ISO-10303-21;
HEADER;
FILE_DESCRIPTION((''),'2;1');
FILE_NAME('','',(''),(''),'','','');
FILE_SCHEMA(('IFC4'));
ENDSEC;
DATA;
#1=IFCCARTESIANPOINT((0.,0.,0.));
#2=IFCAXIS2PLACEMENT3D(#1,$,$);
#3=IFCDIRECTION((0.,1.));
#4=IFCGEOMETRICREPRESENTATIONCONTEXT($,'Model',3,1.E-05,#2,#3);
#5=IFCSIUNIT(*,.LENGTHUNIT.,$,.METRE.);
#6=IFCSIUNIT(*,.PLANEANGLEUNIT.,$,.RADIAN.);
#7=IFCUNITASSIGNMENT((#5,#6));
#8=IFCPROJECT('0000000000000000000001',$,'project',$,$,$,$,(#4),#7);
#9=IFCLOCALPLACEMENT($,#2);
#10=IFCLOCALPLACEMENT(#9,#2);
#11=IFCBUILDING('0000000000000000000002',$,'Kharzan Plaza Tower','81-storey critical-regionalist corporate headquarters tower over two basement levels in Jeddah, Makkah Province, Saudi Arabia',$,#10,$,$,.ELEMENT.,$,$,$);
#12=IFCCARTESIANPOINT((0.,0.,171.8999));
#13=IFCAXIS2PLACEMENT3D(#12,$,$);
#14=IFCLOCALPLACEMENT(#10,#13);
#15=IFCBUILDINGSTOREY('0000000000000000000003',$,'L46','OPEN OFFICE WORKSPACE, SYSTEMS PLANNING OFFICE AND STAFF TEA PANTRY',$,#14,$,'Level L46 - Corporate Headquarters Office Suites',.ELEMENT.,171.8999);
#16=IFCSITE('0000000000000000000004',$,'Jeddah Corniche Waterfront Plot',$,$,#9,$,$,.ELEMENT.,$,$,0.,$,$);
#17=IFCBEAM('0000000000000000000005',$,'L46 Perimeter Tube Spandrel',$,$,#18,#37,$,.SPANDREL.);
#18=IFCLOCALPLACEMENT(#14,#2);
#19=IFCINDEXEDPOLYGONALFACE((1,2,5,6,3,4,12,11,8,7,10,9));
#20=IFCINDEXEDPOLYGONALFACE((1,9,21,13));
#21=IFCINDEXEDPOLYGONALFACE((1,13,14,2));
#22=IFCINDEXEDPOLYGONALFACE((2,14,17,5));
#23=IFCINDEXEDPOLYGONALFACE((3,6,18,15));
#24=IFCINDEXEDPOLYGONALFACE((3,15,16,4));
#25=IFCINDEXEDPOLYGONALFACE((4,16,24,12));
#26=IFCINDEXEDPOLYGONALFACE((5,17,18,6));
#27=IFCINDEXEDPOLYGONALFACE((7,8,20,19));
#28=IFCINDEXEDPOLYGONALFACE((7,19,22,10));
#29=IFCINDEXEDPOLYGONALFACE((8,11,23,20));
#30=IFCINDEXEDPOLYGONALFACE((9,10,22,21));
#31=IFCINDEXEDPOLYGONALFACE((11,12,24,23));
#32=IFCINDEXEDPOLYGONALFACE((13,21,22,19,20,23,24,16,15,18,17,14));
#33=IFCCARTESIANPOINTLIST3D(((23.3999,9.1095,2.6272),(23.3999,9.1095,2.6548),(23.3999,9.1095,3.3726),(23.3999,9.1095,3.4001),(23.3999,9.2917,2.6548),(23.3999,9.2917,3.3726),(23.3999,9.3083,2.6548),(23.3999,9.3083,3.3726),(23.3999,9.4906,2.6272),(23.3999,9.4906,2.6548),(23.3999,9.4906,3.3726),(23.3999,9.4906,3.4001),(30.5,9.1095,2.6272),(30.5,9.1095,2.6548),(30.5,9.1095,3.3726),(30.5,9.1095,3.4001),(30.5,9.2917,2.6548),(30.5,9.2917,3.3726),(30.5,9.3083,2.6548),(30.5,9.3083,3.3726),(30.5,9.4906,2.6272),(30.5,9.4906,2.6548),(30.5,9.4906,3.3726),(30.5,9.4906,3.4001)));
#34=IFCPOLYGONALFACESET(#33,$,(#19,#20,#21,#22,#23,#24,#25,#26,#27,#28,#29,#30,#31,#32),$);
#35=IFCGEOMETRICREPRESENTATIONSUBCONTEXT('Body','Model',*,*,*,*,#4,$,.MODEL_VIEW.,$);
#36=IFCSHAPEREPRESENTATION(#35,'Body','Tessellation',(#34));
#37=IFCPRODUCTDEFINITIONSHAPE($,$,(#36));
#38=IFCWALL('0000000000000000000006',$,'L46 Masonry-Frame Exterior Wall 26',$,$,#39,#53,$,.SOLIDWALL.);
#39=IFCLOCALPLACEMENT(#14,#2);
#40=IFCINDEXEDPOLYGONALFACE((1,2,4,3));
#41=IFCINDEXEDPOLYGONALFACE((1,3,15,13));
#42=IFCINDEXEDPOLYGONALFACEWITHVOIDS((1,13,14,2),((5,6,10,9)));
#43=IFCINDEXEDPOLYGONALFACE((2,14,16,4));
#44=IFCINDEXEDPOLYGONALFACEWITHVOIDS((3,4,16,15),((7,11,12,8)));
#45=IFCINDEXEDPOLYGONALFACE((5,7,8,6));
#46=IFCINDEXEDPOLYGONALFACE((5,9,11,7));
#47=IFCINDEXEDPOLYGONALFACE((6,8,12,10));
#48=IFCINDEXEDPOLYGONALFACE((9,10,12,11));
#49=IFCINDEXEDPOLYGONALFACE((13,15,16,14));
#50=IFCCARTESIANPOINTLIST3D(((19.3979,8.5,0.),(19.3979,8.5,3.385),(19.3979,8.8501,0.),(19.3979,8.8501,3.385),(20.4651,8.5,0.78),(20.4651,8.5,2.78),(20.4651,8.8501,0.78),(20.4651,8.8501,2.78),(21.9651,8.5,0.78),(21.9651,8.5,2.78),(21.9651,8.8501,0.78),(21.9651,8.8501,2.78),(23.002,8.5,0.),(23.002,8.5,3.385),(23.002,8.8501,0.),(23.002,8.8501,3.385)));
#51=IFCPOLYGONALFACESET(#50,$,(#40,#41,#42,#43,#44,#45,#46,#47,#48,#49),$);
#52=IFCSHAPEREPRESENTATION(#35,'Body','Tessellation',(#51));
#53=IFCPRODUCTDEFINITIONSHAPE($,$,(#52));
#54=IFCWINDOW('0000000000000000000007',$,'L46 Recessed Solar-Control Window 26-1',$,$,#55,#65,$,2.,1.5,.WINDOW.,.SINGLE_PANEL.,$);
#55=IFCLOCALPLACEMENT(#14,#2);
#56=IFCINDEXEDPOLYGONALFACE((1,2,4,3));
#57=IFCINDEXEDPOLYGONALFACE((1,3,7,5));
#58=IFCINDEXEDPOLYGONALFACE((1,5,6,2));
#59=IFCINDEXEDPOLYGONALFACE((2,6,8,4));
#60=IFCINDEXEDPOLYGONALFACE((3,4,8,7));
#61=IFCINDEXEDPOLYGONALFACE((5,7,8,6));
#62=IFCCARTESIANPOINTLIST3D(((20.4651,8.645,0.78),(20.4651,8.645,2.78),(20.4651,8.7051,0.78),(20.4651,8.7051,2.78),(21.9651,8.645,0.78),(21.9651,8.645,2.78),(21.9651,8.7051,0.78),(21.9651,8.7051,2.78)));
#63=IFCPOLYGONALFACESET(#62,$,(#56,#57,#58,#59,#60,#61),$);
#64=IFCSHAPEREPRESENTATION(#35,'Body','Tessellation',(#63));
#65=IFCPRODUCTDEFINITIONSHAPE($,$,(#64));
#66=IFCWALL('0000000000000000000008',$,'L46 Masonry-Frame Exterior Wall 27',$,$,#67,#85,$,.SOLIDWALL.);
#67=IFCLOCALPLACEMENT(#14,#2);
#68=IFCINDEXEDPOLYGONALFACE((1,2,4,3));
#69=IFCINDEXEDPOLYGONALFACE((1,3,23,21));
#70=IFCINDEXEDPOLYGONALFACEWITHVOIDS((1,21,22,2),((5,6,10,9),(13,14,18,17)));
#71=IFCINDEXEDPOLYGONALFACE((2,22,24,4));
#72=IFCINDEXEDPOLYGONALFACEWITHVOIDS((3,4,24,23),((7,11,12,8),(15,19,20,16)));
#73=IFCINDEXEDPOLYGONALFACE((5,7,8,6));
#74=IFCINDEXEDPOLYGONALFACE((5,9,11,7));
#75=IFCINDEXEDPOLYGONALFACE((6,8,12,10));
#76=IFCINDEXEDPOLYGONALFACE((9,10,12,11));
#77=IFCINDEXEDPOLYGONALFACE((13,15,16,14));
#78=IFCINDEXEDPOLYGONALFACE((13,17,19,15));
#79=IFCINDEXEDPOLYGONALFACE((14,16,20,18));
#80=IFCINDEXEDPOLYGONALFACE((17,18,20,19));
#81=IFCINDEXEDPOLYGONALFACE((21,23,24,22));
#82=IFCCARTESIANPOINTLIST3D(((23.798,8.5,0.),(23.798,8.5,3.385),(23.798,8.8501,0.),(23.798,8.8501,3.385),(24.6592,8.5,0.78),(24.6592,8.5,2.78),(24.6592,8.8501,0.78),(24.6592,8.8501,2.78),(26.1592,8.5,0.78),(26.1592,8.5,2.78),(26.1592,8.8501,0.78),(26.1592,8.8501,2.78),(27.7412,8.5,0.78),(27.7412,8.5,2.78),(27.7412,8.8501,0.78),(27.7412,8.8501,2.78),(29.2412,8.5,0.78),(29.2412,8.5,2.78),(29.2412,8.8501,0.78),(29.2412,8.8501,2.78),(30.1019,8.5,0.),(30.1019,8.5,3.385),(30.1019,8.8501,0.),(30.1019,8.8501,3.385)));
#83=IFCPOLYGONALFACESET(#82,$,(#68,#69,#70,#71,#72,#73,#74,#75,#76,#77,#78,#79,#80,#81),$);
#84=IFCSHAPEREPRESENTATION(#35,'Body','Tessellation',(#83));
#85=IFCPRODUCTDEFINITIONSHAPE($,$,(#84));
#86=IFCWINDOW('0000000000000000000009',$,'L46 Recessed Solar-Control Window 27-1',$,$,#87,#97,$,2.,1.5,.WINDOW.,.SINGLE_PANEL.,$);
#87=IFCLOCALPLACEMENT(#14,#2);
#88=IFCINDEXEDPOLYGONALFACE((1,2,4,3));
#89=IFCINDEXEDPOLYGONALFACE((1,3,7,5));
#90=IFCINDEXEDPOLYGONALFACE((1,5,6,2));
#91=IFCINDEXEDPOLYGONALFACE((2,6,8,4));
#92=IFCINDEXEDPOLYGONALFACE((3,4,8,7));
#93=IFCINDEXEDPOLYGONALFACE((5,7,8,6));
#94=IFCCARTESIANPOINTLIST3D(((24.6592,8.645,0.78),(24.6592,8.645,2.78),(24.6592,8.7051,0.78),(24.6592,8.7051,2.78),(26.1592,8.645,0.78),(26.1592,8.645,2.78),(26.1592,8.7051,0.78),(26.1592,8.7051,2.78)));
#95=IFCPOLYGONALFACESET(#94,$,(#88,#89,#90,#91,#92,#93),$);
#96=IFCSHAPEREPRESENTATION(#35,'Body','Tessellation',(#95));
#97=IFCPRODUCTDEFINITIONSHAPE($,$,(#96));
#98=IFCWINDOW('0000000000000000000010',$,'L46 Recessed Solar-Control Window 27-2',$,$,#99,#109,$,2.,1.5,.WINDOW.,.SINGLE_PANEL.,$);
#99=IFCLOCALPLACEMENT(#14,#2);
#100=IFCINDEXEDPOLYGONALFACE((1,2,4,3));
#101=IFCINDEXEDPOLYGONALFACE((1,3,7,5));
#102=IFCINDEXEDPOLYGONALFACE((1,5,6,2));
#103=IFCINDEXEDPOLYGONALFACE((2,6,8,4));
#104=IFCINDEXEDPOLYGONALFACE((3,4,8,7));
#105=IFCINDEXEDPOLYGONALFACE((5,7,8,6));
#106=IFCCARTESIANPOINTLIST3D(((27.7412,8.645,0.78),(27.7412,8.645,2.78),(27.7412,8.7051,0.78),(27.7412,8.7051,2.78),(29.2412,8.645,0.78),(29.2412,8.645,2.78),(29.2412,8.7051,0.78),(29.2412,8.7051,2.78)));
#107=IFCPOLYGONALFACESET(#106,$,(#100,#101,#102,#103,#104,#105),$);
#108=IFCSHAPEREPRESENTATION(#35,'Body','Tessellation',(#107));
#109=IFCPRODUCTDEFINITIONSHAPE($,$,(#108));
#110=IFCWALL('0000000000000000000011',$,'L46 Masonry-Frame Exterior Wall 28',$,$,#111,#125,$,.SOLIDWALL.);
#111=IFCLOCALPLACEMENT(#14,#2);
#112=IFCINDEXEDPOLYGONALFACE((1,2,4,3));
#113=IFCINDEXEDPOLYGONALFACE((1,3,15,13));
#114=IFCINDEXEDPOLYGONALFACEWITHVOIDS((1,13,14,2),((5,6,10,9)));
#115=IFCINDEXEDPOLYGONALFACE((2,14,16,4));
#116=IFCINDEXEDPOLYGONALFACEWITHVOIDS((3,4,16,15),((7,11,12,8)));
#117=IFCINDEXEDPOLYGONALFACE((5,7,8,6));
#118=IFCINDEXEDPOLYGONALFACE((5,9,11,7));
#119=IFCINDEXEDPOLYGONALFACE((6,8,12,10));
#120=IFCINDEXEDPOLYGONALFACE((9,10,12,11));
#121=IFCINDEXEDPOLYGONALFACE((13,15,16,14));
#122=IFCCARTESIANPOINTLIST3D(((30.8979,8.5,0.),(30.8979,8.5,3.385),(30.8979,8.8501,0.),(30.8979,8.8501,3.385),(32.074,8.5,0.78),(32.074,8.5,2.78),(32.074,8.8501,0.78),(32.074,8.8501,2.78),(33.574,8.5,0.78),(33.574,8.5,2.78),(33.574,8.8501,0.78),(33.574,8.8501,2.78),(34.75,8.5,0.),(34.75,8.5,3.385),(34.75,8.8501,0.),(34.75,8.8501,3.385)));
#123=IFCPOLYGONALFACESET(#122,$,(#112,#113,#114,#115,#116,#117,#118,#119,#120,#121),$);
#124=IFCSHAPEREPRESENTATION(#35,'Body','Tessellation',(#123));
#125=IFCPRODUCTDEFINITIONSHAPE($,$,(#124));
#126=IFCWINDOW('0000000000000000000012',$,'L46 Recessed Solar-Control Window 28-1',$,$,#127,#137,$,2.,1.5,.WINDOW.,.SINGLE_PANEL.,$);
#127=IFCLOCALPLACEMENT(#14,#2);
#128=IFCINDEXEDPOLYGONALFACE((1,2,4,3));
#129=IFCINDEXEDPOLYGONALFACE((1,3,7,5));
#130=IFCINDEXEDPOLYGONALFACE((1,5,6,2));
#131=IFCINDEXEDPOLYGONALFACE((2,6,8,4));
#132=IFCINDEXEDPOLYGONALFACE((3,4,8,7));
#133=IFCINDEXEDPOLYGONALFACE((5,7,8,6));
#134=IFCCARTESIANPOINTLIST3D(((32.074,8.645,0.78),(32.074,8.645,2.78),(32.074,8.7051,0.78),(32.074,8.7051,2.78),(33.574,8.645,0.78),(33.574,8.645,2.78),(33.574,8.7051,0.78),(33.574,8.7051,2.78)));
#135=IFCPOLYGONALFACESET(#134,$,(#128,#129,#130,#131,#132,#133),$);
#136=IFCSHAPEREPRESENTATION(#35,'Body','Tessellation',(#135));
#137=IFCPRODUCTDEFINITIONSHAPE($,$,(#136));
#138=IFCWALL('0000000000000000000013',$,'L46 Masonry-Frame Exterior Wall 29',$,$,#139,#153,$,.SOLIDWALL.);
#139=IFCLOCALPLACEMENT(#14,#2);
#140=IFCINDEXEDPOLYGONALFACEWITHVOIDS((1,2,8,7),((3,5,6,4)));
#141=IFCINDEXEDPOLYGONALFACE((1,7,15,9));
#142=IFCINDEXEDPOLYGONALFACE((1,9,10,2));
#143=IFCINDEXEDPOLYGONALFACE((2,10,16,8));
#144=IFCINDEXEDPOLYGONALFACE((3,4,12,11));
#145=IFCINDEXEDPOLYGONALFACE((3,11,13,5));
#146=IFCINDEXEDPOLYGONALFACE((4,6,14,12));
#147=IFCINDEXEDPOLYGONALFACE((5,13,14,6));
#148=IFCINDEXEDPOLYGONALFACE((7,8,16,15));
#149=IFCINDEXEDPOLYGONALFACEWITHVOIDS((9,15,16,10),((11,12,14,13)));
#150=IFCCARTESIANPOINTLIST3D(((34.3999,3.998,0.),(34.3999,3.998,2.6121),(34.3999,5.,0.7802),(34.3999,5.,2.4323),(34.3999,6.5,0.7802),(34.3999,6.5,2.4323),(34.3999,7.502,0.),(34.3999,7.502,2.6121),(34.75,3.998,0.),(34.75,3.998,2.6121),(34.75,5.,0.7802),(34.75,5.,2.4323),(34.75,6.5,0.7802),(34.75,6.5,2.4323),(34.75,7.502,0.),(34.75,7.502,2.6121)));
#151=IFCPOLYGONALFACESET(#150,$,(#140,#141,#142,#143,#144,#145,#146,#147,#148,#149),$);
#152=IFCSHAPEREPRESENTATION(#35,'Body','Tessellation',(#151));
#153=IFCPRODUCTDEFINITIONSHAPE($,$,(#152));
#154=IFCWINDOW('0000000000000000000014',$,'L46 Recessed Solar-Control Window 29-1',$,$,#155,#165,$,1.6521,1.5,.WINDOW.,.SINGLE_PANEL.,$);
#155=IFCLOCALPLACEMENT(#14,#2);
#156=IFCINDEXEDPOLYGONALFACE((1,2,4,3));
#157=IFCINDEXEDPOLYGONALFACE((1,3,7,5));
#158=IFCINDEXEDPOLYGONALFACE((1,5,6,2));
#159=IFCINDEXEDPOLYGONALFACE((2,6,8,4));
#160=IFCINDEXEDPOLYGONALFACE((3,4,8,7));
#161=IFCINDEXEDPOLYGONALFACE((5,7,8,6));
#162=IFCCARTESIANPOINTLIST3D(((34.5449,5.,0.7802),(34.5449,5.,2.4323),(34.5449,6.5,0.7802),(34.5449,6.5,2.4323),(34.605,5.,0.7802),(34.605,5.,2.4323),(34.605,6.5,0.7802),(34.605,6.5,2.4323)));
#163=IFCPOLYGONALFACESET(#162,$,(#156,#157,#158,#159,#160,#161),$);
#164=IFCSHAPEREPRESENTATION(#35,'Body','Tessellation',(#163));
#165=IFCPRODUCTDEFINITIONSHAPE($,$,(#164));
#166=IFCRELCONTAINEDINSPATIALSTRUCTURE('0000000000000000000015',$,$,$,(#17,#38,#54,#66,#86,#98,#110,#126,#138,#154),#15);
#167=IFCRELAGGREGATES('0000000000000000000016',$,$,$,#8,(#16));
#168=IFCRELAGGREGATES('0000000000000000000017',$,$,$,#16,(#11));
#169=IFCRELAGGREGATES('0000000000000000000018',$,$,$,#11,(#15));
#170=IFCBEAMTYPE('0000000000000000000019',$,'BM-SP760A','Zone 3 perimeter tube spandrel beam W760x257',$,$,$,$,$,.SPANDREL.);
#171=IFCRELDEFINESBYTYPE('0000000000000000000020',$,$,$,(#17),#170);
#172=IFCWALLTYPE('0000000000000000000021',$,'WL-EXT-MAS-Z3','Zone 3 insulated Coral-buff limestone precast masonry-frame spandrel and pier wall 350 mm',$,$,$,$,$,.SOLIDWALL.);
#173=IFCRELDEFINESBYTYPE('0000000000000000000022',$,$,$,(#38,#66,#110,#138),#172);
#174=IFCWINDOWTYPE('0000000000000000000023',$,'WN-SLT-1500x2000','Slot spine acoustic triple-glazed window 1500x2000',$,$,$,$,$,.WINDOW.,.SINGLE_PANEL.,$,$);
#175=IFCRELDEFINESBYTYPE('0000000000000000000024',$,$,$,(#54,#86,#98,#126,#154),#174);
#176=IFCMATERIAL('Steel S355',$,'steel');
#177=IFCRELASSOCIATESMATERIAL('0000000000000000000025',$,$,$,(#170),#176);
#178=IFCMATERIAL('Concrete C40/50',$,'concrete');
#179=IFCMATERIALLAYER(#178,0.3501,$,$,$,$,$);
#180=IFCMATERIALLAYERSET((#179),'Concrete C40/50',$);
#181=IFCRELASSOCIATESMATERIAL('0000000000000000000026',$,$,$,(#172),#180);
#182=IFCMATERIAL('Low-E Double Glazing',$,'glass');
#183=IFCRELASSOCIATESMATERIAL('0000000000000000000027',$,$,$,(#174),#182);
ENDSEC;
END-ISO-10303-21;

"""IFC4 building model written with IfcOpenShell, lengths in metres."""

from ifc_helpers import new_model, si_unit, direction, frame, frame_2d, origin, origin_2d, place, context, subcontext, project, spatial, rectangle, i_section, extrude, source, transform, mapped, material, layer, layer_set, material_profile, profile_set, type_object, element, fill, save


model = new_model("IFC4")

# Units and contexts
model_context = context("Model", 3, precision=1e-05, world=origin(), true_north=direction((0.0, 1.0)))
body_context = subcontext(model_context, "Body", "Model", "MODEL_VIEW")
ifc_project = project(units=[si_unit("LENGTHUNIT", "METRE"), si_unit("PLANEANGLEUNIT", "RADIAN")], contexts=[model_context])

# Site, building, storey
site_placement = place(None, origin())
site = spatial("IfcSite", under=ifc_project, at=site_placement, Name="Jeddah Corniche Waterfront Plot", CompositionType="ELEMENT", RefElevation=0.0)
building_placement = place(site_placement, origin())
building = spatial("IfcBuilding", under=site, at=building_placement, Name="Kharzan Plaza Tower", Description="81-storey critical-regionalist corporate headquarters tower over two basement levels in Jeddah, Makkah Province, Saudi Arabia", CompositionType="ELEMENT")
storey_placement = place(building_placement, frame((0.0, 0.0, 171.8999)))
storey = spatial("IfcBuildingStorey", under=building, at=storey_placement, Name="L46", Description="OPEN OFFICE WORKSPACE, SYSTEMS PLANNING OFFICE AND STAFF TEA PANTRY", LongName="Level L46 - Corporate Headquarters Office Suites", CompositionType="ELEMENT", Elevation=171.8999)

# Beam
ifc_material_1 = material(Name="Steel S355", Category="steel")
ifc_material_profile_1 = material_profile(ifc_material_1, i_section(OverallWidth=0.3811, OverallDepth=0.7729, WebThickness=0.0166, FlangeThickness=0.0276, at=origin_2d()), Name="W760x257")
ifc_profile_set_1 = profile_set([ifc_material_profile_1], Name="Steel S355")
beam_type_1 = type_object("IfcBeamType", Name="BM-SP760A", Description="Zone 3 perimeter tube spandrel beam W760x257", PredefinedType="SPANDREL", material=ifc_profile_set_1)
shared_shape_1 = source(origin(), body_context, "Body", "SweptSolid", [
    extrude(i_section(OverallWidth=0.3811, OverallDepth=0.7729, WebThickness=0.0166, FlangeThickness=0.0276, at=origin_2d()), origin(), (0.0, 0.0, 1.0), 7.1001),
])
beam_1_placement = place(storey_placement, frame((23.3999, 9.3, 3.0137), z_axis=(1.0, 0.0, 0.0), x_axis=(0.0, 1.0, 0.0)))
element("IfcBeam", 1, at=beam_1_placement, inside=storey, type_object=beam_type_1, Name="L46 Perimeter Tube Spandrel", PredefinedType="SPANDREL", context=body_context, shape_type="MappedRepresentation", body=[
    mapped(shared_shape_1, transform((0.0, 0.0, 0.0), x_axis=(1.0, 0.0, 0.0), y_axis=(0.0, 1.0, 0.0), z_axis=(0.0, 0.0, 1.0))),
])

# Wall, opening, window
ifc_material_2 = material(Name="Concrete C40/50", Category="concrete")
ifc_layer_1 = layer(ifc_material_2, 0.3501)
ifc_layer_set_1 = layer_set([ifc_layer_1], Name="Concrete C40/50")
wall_type_1 = type_object("IfcWallType", Name="WL-EXT-MAS-Z3", Description="Zone 3 insulated Coral-buff limestone precast masonry-frame spandrel and pier wall 350 mm", PredefinedType="SOLIDWALL", material=ifc_layer_set_1)
wall_1_placement = place(storey_placement, frame((19.3979, 8.675, 0.0), z_axis=(0.0, 0.0, 1.0), x_axis=(1.0, 0.0, 0.0)))
wall_1 = element("IfcWall", 2, at=wall_1_placement, inside=storey, type_object=wall_type_1, Name="L46 Masonry-Frame Exterior Wall 26", PredefinedType="SOLIDWALL", context=body_context, shape_type="SweptSolid", body=[
    extrude(rectangle(XDim=3.604, YDim=0.3501, at=frame_2d((1.802, 0.0))), origin(), (0.0, 0.0, 1.0), 3.385),
])
opening_1_placement = place(wall_1_placement, frame((1.0671, 0.0, 0.78)))
opening_1 = element("IfcOpeningElement", 3, at=opening_1_placement, cuts=wall_1, PredefinedType="OPENING", context=body_context, shape_type="SweptSolid", body=[
    extrude(rectangle(XDim=1.5, YDim=2.0, at=frame_2d((0.75, 1.0))), frame((0.0, 0.1851, 0.0), z_axis=(0.0, -1.0, 0.0), x_axis=(1.0, 0.0, 0.0)), (0.0, 0.0, 1.0), 0.3701),
])
ifc_material_3 = material(Name="Low-E Double Glazing", Category="glass")
window_type = type_object("IfcWindowType", Name="WN-SLT-1500x2000", Description="Slot spine acoustic triple-glazed window 1500x2000", PartitioningType="SINGLE_PANEL", PredefinedType="WINDOW", material=ifc_material_3)
shared_shape_2 = source(origin(), body_context, "Body", "SweptSolid", [
    extrude(rectangle(XDim=1.5, YDim=2.0, at=frame_2d((0.75, 1.0))), frame((0.0, 0.03, 0.0), z_axis=(0.0, -1.0, 0.0), x_axis=(1.0, 0.0, 0.0)), (0.0, 0.0, 1.0), 0.0601),
])
window_1_placement = place(opening_1_placement, origin())
window_1 = element("IfcWindow", 4, at=window_1_placement, inside=storey, type_object=window_type, Name="L46 Recessed Solar-Control Window 26-1", OverallHeight=2.0, OverallWidth=1.5, PartitioningType="SINGLE_PANEL", PredefinedType="WINDOW", context=body_context, shape_type="MappedRepresentation", body=[
    mapped(shared_shape_2, transform((0.0, 0.0, 0.0), x_axis=(1.0, 0.0, 0.0), y_axis=(0.0, 1.0, 0.0), z_axis=(0.0, 0.0, 1.0))),
])
fill(opening_1, window_1)

# Wall, openings, windows
wall_2_placement = place(storey_placement, frame((23.7981, 8.675, 0.0), z_axis=(0.0, 0.0, 1.0), x_axis=(1.0, 0.0, 0.0)))
wall_2 = element("IfcWall", 5, at=wall_2_placement, inside=storey, type_object=wall_type_1, Name="L46 Masonry-Frame Exterior Wall 27", PredefinedType="SOLIDWALL", context=body_context, shape_type="SweptSolid", body=[
    extrude(rectangle(XDim=6.304, YDim=0.3501, at=frame_2d((3.1519, 0.0))), origin(), (0.0, 0.0, 1.0), 3.385),
])
opening_2_placement = place(wall_2_placement, frame((0.8611, 0.0, 0.78)))
opening_2 = element("IfcOpeningElement", 6, at=opening_2_placement, cuts=wall_2, PredefinedType="OPENING", context=body_context, shape_type="SweptSolid", body=[
    extrude(rectangle(XDim=1.5, YDim=2.0, at=frame_2d((0.75, 1.0))), frame((0.0, 0.1851, 0.0), z_axis=(0.0, -1.0, 0.0), x_axis=(1.0, 0.0, 0.0)), (0.0, 0.0, 1.0), 0.3701),
])
opening_3_placement = place(wall_2_placement, frame((3.9431, 0.0, 0.78)))
opening_3 = element("IfcOpeningElement", 7, at=opening_3_placement, cuts=wall_2, PredefinedType="OPENING", context=body_context, shape_type="SweptSolid", body=[
    extrude(rectangle(XDim=1.5, YDim=2.0, at=frame_2d((0.75, 1.0))), frame((0.0, 0.1851, 0.0), z_axis=(0.0, -1.0, 0.0), x_axis=(1.0, 0.0, 0.0)), (0.0, 0.0, 1.0), 0.3701),
])
window_2_placement = place(opening_2_placement, origin())
window_2 = element("IfcWindow", 8, at=window_2_placement, inside=storey, type_object=window_type, Name="L46 Recessed Solar-Control Window 27-1", OverallHeight=2.0, OverallWidth=1.5, PartitioningType="SINGLE_PANEL", PredefinedType="WINDOW", context=body_context, shape_type="MappedRepresentation", body=[
    mapped(shared_shape_2, transform((0.0, 0.0, 0.0), x_axis=(1.0, 0.0, 0.0), y_axis=(0.0, 1.0, 0.0), z_axis=(0.0, 0.0, 1.0))),
])
fill(opening_2, window_2)
window_3_placement = place(opening_3_placement, origin())
window_3 = element("IfcWindow", 9, at=window_3_placement, inside=storey, type_object=window_type, Name="L46 Recessed Solar-Control Window 27-2", OverallHeight=2.0, OverallWidth=1.5, PartitioningType="SINGLE_PANEL", PredefinedType="WINDOW", context=body_context, shape_type="MappedRepresentation", body=[
    mapped(shared_shape_2, transform((0.0, 0.0, 0.0), x_axis=(1.0, 0.0, 0.0), y_axis=(0.0, 1.0, 0.0), z_axis=(0.0, 0.0, 1.0))),
])
fill(opening_3, window_3)

# Walls, openings, windows
wall_3_placement = place(storey_placement, frame((30.8979, 8.675, 0.0), z_axis=(0.0, 0.0, 1.0), x_axis=(1.0, 0.0, 0.0)))
wall_3 = element("IfcWall", 10, at=wall_3_placement, inside=storey, type_object=wall_type_1, Name="L46 Masonry-Frame Exterior Wall 28", PredefinedType="SOLIDWALL", context=body_context, shape_type="SweptSolid", body=[
    extrude(rectangle(XDim=3.8521, YDim=0.3501, at=frame_2d((1.926, 0.0))), origin(), (0.0, 0.0, 1.0), 3.385),
])
opening_4_placement = place(wall_3_placement, frame((1.176, 0.0, 0.78)))
opening_4 = element("IfcOpeningElement", 11, at=opening_4_placement, cuts=wall_3, PredefinedType="OPENING", context=body_context, shape_type="SweptSolid", body=[
    extrude(rectangle(XDim=1.5, YDim=2.0, at=frame_2d((0.75, 1.0))), frame((0.0, 0.1851, 0.0), z_axis=(0.0, -1.0, 0.0), x_axis=(1.0, 0.0, 0.0)), (0.0, 0.0, 1.0), 0.3701),
])
window_4_placement = place(opening_4_placement, origin())
window_4 = element("IfcWindow", 12, at=window_4_placement, inside=storey, type_object=window_type, Name="L46 Recessed Solar-Control Window 28-1", OverallHeight=2.0, OverallWidth=1.5, PartitioningType="SINGLE_PANEL", PredefinedType="WINDOW", context=body_context, shape_type="MappedRepresentation", body=[
    mapped(shared_shape_2, transform((0.0, 0.0, 0.0), x_axis=(1.0, 0.0, 0.0), y_axis=(0.0, 1.0, 0.0), z_axis=(0.0, 0.0, 1.0))),
])
fill(opening_4, window_4)
wall_4_placement = place(storey_placement, frame((34.575, 7.502, 0.0), z_axis=(0.0, 0.0, 1.0), x_axis=(0.0, -1.0, 0.0)))
wall_4 = element("IfcWall", 13, at=wall_4_placement, inside=storey, type_object=wall_type_1, Name="L46 Masonry-Frame Exterior Wall 29", PredefinedType="SOLIDWALL", context=body_context, shape_type="SweptSolid", body=[
    extrude(rectangle(XDim=3.5039, YDim=0.3501, at=frame_2d((1.752, 0.0))), origin(), (0.0, 0.0, 1.0), 2.6121),
])
opening_5_placement = place(wall_4_placement, frame((1.002, 0.0, 0.78)))
opening_5 = element("IfcOpeningElement", 14, at=opening_5_placement, cuts=wall_4, PredefinedType="OPENING", context=body_context, shape_type="SweptSolid", body=[
    extrude(rectangle(XDim=1.5, YDim=1.6521, at=frame_2d((0.75, 0.8262))), frame((0.0, 0.1851, 0.0), z_axis=(0.0, -1.0, 0.0), x_axis=(1.0, 0.0, 0.0)), (0.0, 0.0, 1.0), 0.3701),
])
shared_shape_3 = source(origin(), body_context, "Body", "SweptSolid", [
    extrude(rectangle(XDim=1.5, YDim=1.6521, at=frame_2d((0.75, 0.8262))), frame((0.0, 0.03, 0.0), z_axis=(0.0, -1.0, 0.0), x_axis=(1.0, 0.0, 0.0)), (0.0, 0.0, 1.0), 0.0601),
])
window_5_placement = place(opening_5_placement, origin())
window_5 = element("IfcWindow", 15, at=window_5_placement, inside=storey, type_object=window_type, Name="L46 Recessed Solar-Control Window 29-1", OverallHeight=1.6521, OverallWidth=1.5, PartitioningType="SINGLE_PANEL", PredefinedType="WINDOW", context=body_context, shape_type="MappedRepresentation", body=[
    mapped(shared_shape_3, transform((0.0, 0.0, 0.0), x_axis=(1.0, 0.0, 0.0), y_axis=(0.0, 1.0, 0.0), z_axis=(0.0, 0.0, 1.0))),
])
fill(opening_5, window_5)

save(model, "model.ifc")
